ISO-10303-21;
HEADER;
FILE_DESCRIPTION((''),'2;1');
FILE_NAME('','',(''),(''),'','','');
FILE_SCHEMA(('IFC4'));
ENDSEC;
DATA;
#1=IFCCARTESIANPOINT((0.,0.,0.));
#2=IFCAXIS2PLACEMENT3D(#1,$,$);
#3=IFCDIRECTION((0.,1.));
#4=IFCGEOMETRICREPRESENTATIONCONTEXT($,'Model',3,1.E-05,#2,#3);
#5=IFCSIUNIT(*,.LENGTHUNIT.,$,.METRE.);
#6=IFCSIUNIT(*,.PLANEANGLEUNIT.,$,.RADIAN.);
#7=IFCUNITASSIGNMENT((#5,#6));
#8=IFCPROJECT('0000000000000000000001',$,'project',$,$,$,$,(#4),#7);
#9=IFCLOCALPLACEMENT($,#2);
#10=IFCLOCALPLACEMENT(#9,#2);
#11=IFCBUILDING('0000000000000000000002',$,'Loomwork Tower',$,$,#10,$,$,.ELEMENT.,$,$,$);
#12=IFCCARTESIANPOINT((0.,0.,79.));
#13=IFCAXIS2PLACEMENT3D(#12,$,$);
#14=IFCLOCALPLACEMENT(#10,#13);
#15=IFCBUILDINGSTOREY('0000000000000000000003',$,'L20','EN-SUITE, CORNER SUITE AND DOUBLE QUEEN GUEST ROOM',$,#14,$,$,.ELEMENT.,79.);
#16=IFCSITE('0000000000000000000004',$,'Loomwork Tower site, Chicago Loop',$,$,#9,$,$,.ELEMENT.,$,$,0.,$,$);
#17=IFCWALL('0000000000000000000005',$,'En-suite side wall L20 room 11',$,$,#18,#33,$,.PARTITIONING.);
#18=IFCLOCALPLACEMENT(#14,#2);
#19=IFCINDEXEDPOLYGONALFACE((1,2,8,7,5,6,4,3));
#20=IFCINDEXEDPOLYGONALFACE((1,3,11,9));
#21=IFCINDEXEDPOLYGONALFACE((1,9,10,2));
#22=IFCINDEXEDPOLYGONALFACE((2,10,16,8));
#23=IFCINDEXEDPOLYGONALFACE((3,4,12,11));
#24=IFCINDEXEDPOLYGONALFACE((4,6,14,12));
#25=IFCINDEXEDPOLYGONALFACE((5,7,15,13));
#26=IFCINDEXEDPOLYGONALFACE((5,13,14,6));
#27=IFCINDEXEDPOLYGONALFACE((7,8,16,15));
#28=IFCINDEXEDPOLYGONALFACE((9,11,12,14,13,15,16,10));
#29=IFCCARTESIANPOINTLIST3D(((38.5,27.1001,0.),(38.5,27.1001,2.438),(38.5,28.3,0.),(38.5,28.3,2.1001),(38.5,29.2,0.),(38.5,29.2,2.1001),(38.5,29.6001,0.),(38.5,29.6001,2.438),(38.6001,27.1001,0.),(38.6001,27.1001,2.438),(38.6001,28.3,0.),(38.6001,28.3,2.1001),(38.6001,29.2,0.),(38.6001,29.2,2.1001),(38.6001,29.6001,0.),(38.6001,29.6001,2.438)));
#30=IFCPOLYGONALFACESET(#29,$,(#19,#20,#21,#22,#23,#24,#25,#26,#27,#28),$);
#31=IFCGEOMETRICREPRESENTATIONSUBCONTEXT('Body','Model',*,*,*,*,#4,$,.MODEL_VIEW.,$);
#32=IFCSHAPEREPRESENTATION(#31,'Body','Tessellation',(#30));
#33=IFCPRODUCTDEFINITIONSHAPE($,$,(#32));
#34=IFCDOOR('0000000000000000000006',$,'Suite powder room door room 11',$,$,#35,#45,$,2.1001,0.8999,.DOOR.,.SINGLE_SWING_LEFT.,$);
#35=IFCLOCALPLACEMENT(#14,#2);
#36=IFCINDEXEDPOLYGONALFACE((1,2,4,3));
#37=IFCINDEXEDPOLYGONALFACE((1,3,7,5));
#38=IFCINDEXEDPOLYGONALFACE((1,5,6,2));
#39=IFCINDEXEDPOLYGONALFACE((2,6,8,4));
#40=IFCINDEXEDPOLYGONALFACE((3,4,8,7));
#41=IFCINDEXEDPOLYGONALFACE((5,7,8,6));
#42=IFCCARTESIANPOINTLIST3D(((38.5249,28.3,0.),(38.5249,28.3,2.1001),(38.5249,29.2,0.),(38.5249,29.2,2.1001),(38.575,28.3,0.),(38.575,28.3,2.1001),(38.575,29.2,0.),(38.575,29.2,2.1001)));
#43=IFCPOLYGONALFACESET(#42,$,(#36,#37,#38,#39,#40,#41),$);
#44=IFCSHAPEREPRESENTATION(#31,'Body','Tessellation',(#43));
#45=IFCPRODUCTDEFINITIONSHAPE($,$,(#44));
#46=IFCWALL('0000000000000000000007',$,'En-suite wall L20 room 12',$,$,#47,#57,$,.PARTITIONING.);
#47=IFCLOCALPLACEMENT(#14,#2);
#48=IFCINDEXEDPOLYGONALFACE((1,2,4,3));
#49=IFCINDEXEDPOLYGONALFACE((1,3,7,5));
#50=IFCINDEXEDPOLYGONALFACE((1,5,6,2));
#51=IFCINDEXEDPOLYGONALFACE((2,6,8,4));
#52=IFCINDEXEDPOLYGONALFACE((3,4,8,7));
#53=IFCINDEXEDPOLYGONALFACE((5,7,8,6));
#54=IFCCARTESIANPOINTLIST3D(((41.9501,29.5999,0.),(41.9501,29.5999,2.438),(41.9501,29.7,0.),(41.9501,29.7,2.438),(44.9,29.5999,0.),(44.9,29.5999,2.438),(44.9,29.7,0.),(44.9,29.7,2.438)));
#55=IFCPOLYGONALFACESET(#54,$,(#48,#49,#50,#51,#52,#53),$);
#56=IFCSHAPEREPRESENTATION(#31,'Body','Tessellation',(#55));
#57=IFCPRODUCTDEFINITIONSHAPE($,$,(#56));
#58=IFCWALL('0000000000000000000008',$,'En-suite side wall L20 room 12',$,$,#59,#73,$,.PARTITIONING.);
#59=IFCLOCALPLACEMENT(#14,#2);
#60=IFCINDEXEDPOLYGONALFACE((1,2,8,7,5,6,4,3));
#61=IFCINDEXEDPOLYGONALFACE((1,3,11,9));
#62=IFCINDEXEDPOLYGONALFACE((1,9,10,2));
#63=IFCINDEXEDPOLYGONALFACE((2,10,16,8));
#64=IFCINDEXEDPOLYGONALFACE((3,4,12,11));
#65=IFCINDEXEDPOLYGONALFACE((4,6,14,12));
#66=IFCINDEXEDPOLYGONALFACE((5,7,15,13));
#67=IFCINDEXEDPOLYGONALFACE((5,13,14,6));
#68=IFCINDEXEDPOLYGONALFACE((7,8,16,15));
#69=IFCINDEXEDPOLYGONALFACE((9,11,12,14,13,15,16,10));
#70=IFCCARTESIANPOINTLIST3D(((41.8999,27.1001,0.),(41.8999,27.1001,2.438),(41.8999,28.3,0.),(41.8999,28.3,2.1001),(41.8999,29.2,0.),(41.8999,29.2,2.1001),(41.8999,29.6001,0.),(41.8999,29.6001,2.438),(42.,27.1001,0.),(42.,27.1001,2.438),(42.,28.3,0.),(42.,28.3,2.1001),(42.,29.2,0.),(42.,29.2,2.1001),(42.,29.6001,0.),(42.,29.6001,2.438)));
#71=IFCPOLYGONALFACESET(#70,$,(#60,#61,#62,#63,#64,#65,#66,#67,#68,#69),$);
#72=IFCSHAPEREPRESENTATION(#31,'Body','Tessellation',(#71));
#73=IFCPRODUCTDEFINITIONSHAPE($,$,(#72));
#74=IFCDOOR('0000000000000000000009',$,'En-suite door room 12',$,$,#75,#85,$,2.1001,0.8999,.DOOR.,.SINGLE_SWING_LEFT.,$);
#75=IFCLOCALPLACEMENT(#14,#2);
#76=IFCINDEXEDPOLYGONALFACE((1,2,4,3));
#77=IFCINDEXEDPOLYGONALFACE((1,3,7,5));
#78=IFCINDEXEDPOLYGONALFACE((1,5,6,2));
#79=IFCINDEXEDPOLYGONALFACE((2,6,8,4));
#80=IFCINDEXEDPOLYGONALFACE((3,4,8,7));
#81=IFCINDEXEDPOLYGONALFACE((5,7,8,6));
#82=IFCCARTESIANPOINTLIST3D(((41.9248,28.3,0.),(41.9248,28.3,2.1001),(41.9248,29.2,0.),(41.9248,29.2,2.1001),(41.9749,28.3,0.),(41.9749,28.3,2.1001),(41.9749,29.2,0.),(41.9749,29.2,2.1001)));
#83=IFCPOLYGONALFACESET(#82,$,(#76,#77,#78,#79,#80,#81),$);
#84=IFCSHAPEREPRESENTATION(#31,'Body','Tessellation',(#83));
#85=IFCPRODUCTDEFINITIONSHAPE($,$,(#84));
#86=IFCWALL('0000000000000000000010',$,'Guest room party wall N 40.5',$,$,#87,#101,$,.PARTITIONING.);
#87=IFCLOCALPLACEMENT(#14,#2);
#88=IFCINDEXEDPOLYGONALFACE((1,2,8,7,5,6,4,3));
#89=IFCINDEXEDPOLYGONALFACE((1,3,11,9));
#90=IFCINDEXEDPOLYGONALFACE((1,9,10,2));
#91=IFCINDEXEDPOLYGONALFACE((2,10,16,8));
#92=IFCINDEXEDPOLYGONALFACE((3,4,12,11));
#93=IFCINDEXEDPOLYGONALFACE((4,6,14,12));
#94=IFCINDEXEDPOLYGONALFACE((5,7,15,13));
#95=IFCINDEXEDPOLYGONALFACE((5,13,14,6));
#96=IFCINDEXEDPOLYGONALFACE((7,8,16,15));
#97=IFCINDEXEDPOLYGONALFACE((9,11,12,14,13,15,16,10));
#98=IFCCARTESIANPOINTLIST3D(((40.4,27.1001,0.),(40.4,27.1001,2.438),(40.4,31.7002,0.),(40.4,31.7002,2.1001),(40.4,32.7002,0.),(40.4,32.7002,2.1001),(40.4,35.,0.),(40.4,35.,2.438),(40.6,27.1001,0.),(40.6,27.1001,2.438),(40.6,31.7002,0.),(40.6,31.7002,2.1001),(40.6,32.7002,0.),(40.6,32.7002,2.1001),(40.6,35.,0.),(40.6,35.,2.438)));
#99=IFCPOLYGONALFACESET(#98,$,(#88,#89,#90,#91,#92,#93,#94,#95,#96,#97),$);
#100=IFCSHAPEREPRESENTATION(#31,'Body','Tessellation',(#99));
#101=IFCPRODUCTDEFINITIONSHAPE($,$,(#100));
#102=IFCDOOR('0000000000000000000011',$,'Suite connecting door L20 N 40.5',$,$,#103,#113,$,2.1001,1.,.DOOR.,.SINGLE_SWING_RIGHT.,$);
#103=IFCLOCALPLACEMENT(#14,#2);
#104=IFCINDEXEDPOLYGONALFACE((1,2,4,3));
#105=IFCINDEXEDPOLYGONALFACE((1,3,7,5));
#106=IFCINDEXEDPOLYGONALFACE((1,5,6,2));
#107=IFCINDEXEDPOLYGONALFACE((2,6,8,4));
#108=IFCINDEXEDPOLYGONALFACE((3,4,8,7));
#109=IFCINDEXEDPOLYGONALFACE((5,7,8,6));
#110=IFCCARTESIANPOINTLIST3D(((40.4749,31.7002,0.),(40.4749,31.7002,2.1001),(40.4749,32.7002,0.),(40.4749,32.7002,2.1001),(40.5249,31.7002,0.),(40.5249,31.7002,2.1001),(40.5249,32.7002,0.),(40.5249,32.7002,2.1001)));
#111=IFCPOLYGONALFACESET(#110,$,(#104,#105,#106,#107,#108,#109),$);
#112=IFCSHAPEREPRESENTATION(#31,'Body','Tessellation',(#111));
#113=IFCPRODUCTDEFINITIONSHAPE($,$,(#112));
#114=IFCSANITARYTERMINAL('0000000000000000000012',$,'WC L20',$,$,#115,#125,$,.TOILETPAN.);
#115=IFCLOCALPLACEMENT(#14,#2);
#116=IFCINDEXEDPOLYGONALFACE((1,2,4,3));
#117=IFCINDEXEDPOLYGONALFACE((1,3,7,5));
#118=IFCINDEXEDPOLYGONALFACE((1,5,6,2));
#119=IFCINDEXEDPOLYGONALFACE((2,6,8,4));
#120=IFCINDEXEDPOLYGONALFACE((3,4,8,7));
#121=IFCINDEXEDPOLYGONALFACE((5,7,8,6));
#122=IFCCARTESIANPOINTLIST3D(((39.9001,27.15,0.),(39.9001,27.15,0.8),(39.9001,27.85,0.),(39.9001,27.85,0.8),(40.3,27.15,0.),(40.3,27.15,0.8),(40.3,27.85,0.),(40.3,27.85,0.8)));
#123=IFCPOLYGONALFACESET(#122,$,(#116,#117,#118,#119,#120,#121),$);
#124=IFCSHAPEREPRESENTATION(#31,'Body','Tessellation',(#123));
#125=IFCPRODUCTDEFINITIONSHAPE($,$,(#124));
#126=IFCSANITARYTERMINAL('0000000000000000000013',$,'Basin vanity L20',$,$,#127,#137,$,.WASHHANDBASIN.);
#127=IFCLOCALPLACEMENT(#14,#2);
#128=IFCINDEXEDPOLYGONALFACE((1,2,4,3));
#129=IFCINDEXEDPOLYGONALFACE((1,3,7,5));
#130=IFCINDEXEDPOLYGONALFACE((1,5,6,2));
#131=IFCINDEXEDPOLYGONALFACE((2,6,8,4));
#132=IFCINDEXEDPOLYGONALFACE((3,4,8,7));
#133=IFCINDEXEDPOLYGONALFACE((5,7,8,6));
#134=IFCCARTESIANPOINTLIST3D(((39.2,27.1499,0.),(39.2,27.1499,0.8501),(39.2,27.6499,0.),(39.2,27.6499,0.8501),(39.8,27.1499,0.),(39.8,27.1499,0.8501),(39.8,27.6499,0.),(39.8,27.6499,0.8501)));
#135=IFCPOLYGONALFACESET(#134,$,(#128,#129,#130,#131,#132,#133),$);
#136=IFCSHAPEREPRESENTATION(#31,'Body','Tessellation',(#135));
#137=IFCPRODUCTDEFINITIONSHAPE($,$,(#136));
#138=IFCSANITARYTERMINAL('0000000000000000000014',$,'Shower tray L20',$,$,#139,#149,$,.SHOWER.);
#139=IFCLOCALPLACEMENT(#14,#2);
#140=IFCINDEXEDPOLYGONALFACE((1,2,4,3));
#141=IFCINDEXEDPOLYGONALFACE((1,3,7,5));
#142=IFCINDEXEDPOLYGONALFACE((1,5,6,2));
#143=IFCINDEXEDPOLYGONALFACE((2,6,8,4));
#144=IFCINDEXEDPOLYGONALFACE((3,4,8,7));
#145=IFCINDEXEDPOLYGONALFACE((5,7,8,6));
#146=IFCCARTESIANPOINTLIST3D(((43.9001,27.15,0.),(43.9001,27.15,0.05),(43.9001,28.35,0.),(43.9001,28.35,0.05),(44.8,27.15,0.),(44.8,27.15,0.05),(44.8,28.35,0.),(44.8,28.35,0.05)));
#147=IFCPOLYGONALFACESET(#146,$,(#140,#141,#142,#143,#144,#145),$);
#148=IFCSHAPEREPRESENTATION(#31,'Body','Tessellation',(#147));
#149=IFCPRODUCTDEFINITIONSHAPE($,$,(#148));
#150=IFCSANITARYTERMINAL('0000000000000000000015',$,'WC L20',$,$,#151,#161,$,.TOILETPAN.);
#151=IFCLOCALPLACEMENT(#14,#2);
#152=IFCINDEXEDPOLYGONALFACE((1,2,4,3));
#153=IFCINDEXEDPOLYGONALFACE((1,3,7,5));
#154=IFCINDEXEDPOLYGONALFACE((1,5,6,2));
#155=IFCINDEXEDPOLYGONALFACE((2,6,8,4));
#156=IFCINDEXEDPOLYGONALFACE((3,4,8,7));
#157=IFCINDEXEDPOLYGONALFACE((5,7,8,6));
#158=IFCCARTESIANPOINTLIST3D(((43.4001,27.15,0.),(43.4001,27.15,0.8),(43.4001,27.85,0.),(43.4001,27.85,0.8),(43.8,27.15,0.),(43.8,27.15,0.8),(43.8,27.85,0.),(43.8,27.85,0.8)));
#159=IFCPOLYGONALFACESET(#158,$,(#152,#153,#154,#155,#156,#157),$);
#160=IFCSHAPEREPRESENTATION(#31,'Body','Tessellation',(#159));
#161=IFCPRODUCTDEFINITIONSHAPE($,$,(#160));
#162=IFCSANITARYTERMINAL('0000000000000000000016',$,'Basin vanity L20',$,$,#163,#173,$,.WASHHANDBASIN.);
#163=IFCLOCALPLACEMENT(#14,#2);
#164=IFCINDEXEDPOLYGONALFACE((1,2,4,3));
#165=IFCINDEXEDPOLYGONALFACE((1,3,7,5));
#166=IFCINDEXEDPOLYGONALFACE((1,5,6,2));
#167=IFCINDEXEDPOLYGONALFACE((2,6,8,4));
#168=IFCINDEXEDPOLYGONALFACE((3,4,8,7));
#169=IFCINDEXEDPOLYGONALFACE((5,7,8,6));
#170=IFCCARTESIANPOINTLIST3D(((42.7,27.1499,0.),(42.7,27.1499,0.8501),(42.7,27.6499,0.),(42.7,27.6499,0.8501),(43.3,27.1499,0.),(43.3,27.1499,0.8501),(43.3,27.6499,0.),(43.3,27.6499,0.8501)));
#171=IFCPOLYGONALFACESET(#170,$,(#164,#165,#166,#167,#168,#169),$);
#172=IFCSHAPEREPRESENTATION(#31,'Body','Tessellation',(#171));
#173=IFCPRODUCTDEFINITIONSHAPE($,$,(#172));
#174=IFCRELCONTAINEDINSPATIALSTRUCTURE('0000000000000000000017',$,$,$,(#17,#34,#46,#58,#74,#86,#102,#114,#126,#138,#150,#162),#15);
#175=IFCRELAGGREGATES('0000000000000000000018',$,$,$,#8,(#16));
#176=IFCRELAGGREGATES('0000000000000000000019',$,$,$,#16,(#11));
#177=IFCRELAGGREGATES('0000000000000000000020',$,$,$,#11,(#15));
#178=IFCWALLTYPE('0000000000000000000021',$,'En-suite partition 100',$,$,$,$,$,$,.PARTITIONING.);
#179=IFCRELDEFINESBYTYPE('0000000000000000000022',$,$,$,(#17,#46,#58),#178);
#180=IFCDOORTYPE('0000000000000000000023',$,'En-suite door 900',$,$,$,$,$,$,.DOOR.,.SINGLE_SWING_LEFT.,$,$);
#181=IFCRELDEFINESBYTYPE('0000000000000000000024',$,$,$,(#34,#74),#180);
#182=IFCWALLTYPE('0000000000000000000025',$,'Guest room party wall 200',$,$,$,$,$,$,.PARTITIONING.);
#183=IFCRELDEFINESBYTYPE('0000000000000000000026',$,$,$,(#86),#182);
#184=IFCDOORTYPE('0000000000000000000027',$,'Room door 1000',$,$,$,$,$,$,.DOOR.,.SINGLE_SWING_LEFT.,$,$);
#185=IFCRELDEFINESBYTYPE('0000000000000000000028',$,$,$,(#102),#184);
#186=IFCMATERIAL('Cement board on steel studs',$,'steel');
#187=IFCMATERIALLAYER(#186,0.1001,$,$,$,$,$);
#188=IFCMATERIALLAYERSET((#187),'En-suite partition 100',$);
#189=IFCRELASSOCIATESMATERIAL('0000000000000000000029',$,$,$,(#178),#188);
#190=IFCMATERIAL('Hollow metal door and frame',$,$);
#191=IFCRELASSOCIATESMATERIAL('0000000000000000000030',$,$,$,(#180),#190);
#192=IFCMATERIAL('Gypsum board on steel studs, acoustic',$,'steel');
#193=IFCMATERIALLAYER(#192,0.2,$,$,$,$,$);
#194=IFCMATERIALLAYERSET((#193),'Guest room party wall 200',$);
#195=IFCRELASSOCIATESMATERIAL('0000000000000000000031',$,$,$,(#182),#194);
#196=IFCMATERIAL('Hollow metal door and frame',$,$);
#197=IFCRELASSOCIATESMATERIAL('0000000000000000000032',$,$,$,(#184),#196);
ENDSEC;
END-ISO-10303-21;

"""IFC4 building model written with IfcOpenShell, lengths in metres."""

from ifc_helpers import new_model, si_unit, direction, frame, frame_2d, origin, origin_2d, place, context, subcontext, project, spatial, rectangle, extrude, material, layer, layer_set, type_object, element, fill, save


model = new_model("IFC4")

# Units and contexts
model_context = context("Model", 3, precision=1e-05, world=origin(), true_north=direction((0.0, 1.0)))
body_context = subcontext(model_context, "Body", "Model", "MODEL_VIEW")
ifc_project = project(units=[si_unit("LENGTHUNIT", "METRE"), si_unit("PLANEANGLEUNIT", "RADIAN")], contexts=[model_context])

# Site, building, storey
site_placement = place(None, origin())
site = spatial("IfcSite", under=ifc_project, at=site_placement, Name="Loomwork Tower site, Chicago Loop", CompositionType="ELEMENT", RefElevation=0.0)
building_placement = place(site_placement, origin())
building = spatial("IfcBuilding", under=site, at=building_placement, Name="Loomwork Tower", CompositionType="ELEMENT")
storey_placement = place(building_placement, frame((0.0, 0.0, 79.0)))
storey = spatial("IfcBuildingStorey", under=building, at=storey_placement, Name="L20", Description="EN-SUITE, CORNER SUITE AND DOUBLE QUEEN GUEST ROOM", CompositionType="ELEMENT", Elevation=79.0)

# Shared definitions
ifc_material_1 = material(Name="Cement board on steel studs", Category="steel")
ifc_layer_1 = layer(ifc_material_1, 0.1001)
ifc_layer_set_1 = layer_set([ifc_layer_1], Name="En-suite partition 100")
wall_type_1 = type_object("IfcWallType", Name="En-suite partition 100", PredefinedType="PARTITIONING", material=ifc_layer_set_1)

# Wall, opening, door
wall_1_placement = place(storey_placement, frame((38.55, 27.1001, 0.0), z_axis=(0.0, 0.0, 1.0), x_axis=(0.0, 1.0, 0.0)))
wall_1 = element("IfcWall", 1, at=wall_1_placement, inside=storey, type_object=wall_type_1, Name="En-suite side wall L20 room 11", PredefinedType="PARTITIONING", context=body_context, shape_type="SweptSolid", body=[
    extrude(rectangle(XDim=2.5, YDim=0.1001, at=frame_2d((1.25, 0.0))), origin(), (0.0, 0.0, 1.0), 2.438),
])
opening_1_placement = place(wall_1_placement, frame((1.2, 0.0, 0.0)))
opening_1 = element("IfcOpeningElement", 2, at=opening_1_placement, cuts=wall_1, PredefinedType="OPENING", context=body_context, shape_type="SweptSolid", body=[
    extrude(rectangle(XDim=0.8999, YDim=2.1001, at=frame_2d((0.45, 1.05))), frame((0.0, 0.0601, 0.0), z_axis=(0.0, -1.0, 0.0), x_axis=(1.0, 0.0, 0.0)), (0.0, 0.0, 1.0), 0.1201),
])
ifc_material_2 = material(Name="Hollow metal door and frame")
door_type_1 = type_object("IfcDoorType", Name="En-suite door 900", OperationType="SINGLE_SWING_LEFT", PredefinedType="DOOR", material=ifc_material_2)
door_1_placement = place(opening_1_placement, frame((0.8999, 0.0, 0.0), z_axis=(0.0, 0.0, 1.0), x_axis=(-1.0, 0.0, 0.0)))
door_1 = element("IfcDoor", 3, at=door_1_placement, inside=storey, type_object=door_type_1, Name="Suite powder room door room 11", OperationType="SINGLE_SWING_LEFT", OverallHeight=2.1001, OverallWidth=0.8999, PredefinedType="DOOR", context=body_context, shape_type="SweptSolid", body=[
    extrude(rectangle(XDim=0.8999, YDim=2.1001, at=frame_2d((0.45, 1.05))), frame((0.0, 0.0249, 0.0), z_axis=(0.0, -1.0, 0.0), x_axis=(1.0, 0.0, 0.0)), (0.0, 0.0, 1.0), 0.05),
])
fill(opening_1, door_1)

# Wall
wall_2_placement = place(storey_placement, frame((41.95, 29.6499, 0.0), z_axis=(0.0, 0.0, 1.0), x_axis=(1.0, 0.0, 0.0)))
element("IfcWall", 4, at=wall_2_placement, inside=storey, type_object=wall_type_1, Name="En-suite wall L20 room 12", PredefinedType="PARTITIONING", context=body_context, shape_type="SweptSolid", body=[
    extrude(rectangle(XDim=2.95, YDim=0.1001, at=frame_2d((1.4751, 0.0))), origin(), (0.0, 0.0, 1.0), 2.438),
])

# Walls, openings, doors
wall_3_placement = place(storey_placement, frame((41.95, 27.1001, 0.0), z_axis=(0.0, 0.0, 1.0), x_axis=(0.0, 1.0, 0.0)))
wall_3 = element("IfcWall", 5, at=wall_3_placement, inside=storey, type_object=wall_type_1, Name="En-suite side wall L20 room 12", PredefinedType="PARTITIONING", context=body_context, shape_type="SweptSolid", body=[
    extrude(rectangle(XDim=2.5, YDim=0.1001, at=frame_2d((1.25, 0.0))), origin(), (0.0, 0.0, 1.0), 2.438),
])
opening_2_placement = place(wall_3_placement, frame((1.2, 0.0, 0.0)))
opening_2 = element("IfcOpeningElement", 6, at=opening_2_placement, cuts=wall_3, PredefinedType="OPENING", context=body_context, shape_type="SweptSolid", body=[
    extrude(rectangle(XDim=0.8999, YDim=2.1001, at=frame_2d((0.45, 1.05))), frame((0.0, 0.0601, 0.0), z_axis=(0.0, -1.0, 0.0), x_axis=(1.0, 0.0, 0.0)), (0.0, 0.0, 1.0), 0.1201),
])
door_2_placement = place(opening_2_placement, frame((0.8999, 0.0, 0.0), z_axis=(0.0, 0.0, 1.0), x_axis=(-1.0, 0.0, 0.0)))
door_2 = element("IfcDoor", 7, at=door_2_placement, inside=storey, type_object=door_type_1, Name="En-suite door room 12", OperationType="SINGLE_SWING_LEFT", OverallHeight=2.1001, OverallWidth=0.8999, PredefinedType="DOOR", context=body_context, shape_type="SweptSolid", body=[
    extrude(rectangle(XDim=0.8999, YDim=2.1001, at=frame_2d((0.45, 1.05))), frame((0.0, 0.0249, 0.0), z_axis=(0.0, -1.0, 0.0), x_axis=(1.0, 0.0, 0.0)), (0.0, 0.0, 1.0), 0.05),
])
fill(opening_2, door_2)
ifc_material_3 = material(Name="Gypsum board on steel studs, acoustic", Category="steel")
ifc_layer_2 = layer(ifc_material_3, 0.2)
ifc_layer_set_2 = layer_set([ifc_layer_2], Name="Guest room party wall 200")
wall_type_2 = type_object("IfcWallType", Name="Guest room party wall 200", PredefinedType="PARTITIONING", material=ifc_layer_set_2)
wall_4_placement = place(storey_placement, frame((40.5, 27.1001, 0.0), z_axis=(0.0, 0.0, 1.0), x_axis=(0.0, 1.0, 0.0)))
wall_4 = element("IfcWall", 8, at=wall_4_placement, inside=storey, type_object=wall_type_2, Name="Guest room party wall N 40.5", PredefinedType="PARTITIONING", context=body_context, shape_type="SweptSolid", body=[
    extrude(rectangle(XDim=7.8999, YDim=0.2, at=frame_2d((3.95, 0.0))), origin(), (0.0, 0.0, 1.0), 2.438),
])
opening_3_placement = place(wall_4_placement, frame((4.6001, 0.0, 0.0)))
opening_3 = element("IfcOpeningElement", 9, at=opening_3_placement, cuts=wall_4, PredefinedType="OPENING", context=body_context, shape_type="SweptSolid", body=[
    extrude(rectangle(XDim=1.0, YDim=2.1001, at=frame_2d((0.5, 1.05))), frame((0.0, 0.1099, 0.0), z_axis=(0.0, -1.0, 0.0), x_axis=(1.0, 0.0, 0.0)), (0.0, 0.0, 1.0), 0.22),
])
ifc_material_4 = material(Name="Hollow metal door and frame")
door_type_2 = type_object("IfcDoorType", Name="Room door 1000", OperationType="SINGLE_SWING_LEFT", PredefinedType="DOOR", material=ifc_material_4)
door_3_placement = place(opening_3_placement, frame((1.0, 0.0, 0.0), z_axis=(0.0, 0.0, 1.0), x_axis=(-1.0, 0.0, 0.0)))
door_3 = element("IfcDoor", 10, at=door_3_placement, inside=storey, type_object=door_type_2, Name="Suite connecting door L20 N 40.5", OperationType="SINGLE_SWING_RIGHT", OverallHeight=2.1001, OverallWidth=1.0, PredefinedType="DOOR", context=body_context, shape_type="SweptSolid", body=[
    extrude(rectangle(XDim=1.0, YDim=2.1001, at=frame_2d((0.5, 1.05))), frame((0.0, 0.0249, 0.0), z_axis=(0.0, -1.0, 0.0), x_axis=(1.0, 0.0, 0.0)), (0.0, 0.0, 1.0), 0.05),
])
fill(opening_3, door_3)

# Sanitary terminals
sanitary_terminal_1_placement = place(storey_placement, frame((40.1001, 27.5, 0.0), z_axis=(0.0, 0.0, 1.0), x_axis=(1.0, 0.0, 0.0)))
element("IfcSanitaryTerminal", 11, at=sanitary_terminal_1_placement, inside=storey, Name="WC L20", PredefinedType="TOILETPAN", context=body_context, shape_type="SweptSolid", body=[
    extrude(rectangle(XDim=0.3999, YDim=0.7, at=origin_2d()), origin(), (0.0, 0.0, 1.0), 0.8),
])
sanitary_terminal_2_placement = place(storey_placement, frame((39.5, 27.3999, 0.0), z_axis=(0.0, 0.0, 1.0), x_axis=(1.0, 0.0, 0.0)))
element("IfcSanitaryTerminal", 12, at=sanitary_terminal_2_placement, inside=storey, Name="Basin vanity L20", PredefinedType="WASHHANDBASIN", context=body_context, shape_type="SweptSolid", body=[
    extrude(rectangle(XDim=0.6001, YDim=0.5, at=origin_2d()), origin(), (0.0, 0.0, 1.0), 0.8501),
])
sanitary_terminal_3_placement = place(storey_placement, frame((44.3501, 27.75, 0.0), z_axis=(0.0, 0.0, 1.0), x_axis=(1.0, 0.0, 0.0)))
element("IfcSanitaryTerminal", 13, at=sanitary_terminal_3_placement, inside=storey, Name="Shower tray L20", PredefinedType="SHOWER", context=body_context, shape_type="SweptSolid", body=[
    extrude(rectangle(XDim=0.8999, YDim=1.2, at=origin_2d()), origin(), (0.0, 0.0, 1.0), 0.05),
])
sanitary_terminal_4_placement = place(storey_placement, frame((43.6001, 27.5, 0.0), z_axis=(0.0, 0.0, 1.0), x_axis=(1.0, 0.0, 0.0)))
element("IfcSanitaryTerminal", 14, at=sanitary_terminal_4_placement, inside=storey, Name="WC L20", PredefinedType="TOILETPAN", context=body_context, shape_type="SweptSolid", body=[
    extrude(rectangle(XDim=0.3999, YDim=0.7, at=origin_2d()), origin(), (0.0, 0.0, 1.0), 0.8),
])
sanitary_terminal_5_placement = place(storey_placement, frame((43.0, 27.3999, 0.0), z_axis=(0.0, 0.0, 1.0), x_axis=(1.0, 0.0, 0.0)))
element("IfcSanitaryTerminal", 15, at=sanitary_terminal_5_placement, inside=storey, Name="Basin vanity L20", PredefinedType="WASHHANDBASIN", context=body_context, shape_type="SweptSolid", body=[
    extrude(rectangle(XDim=0.6001, YDim=0.5, at=origin_2d()), origin(), (0.0, 0.0, 1.0), 0.8501),
])

save(model, "model.ifc")
